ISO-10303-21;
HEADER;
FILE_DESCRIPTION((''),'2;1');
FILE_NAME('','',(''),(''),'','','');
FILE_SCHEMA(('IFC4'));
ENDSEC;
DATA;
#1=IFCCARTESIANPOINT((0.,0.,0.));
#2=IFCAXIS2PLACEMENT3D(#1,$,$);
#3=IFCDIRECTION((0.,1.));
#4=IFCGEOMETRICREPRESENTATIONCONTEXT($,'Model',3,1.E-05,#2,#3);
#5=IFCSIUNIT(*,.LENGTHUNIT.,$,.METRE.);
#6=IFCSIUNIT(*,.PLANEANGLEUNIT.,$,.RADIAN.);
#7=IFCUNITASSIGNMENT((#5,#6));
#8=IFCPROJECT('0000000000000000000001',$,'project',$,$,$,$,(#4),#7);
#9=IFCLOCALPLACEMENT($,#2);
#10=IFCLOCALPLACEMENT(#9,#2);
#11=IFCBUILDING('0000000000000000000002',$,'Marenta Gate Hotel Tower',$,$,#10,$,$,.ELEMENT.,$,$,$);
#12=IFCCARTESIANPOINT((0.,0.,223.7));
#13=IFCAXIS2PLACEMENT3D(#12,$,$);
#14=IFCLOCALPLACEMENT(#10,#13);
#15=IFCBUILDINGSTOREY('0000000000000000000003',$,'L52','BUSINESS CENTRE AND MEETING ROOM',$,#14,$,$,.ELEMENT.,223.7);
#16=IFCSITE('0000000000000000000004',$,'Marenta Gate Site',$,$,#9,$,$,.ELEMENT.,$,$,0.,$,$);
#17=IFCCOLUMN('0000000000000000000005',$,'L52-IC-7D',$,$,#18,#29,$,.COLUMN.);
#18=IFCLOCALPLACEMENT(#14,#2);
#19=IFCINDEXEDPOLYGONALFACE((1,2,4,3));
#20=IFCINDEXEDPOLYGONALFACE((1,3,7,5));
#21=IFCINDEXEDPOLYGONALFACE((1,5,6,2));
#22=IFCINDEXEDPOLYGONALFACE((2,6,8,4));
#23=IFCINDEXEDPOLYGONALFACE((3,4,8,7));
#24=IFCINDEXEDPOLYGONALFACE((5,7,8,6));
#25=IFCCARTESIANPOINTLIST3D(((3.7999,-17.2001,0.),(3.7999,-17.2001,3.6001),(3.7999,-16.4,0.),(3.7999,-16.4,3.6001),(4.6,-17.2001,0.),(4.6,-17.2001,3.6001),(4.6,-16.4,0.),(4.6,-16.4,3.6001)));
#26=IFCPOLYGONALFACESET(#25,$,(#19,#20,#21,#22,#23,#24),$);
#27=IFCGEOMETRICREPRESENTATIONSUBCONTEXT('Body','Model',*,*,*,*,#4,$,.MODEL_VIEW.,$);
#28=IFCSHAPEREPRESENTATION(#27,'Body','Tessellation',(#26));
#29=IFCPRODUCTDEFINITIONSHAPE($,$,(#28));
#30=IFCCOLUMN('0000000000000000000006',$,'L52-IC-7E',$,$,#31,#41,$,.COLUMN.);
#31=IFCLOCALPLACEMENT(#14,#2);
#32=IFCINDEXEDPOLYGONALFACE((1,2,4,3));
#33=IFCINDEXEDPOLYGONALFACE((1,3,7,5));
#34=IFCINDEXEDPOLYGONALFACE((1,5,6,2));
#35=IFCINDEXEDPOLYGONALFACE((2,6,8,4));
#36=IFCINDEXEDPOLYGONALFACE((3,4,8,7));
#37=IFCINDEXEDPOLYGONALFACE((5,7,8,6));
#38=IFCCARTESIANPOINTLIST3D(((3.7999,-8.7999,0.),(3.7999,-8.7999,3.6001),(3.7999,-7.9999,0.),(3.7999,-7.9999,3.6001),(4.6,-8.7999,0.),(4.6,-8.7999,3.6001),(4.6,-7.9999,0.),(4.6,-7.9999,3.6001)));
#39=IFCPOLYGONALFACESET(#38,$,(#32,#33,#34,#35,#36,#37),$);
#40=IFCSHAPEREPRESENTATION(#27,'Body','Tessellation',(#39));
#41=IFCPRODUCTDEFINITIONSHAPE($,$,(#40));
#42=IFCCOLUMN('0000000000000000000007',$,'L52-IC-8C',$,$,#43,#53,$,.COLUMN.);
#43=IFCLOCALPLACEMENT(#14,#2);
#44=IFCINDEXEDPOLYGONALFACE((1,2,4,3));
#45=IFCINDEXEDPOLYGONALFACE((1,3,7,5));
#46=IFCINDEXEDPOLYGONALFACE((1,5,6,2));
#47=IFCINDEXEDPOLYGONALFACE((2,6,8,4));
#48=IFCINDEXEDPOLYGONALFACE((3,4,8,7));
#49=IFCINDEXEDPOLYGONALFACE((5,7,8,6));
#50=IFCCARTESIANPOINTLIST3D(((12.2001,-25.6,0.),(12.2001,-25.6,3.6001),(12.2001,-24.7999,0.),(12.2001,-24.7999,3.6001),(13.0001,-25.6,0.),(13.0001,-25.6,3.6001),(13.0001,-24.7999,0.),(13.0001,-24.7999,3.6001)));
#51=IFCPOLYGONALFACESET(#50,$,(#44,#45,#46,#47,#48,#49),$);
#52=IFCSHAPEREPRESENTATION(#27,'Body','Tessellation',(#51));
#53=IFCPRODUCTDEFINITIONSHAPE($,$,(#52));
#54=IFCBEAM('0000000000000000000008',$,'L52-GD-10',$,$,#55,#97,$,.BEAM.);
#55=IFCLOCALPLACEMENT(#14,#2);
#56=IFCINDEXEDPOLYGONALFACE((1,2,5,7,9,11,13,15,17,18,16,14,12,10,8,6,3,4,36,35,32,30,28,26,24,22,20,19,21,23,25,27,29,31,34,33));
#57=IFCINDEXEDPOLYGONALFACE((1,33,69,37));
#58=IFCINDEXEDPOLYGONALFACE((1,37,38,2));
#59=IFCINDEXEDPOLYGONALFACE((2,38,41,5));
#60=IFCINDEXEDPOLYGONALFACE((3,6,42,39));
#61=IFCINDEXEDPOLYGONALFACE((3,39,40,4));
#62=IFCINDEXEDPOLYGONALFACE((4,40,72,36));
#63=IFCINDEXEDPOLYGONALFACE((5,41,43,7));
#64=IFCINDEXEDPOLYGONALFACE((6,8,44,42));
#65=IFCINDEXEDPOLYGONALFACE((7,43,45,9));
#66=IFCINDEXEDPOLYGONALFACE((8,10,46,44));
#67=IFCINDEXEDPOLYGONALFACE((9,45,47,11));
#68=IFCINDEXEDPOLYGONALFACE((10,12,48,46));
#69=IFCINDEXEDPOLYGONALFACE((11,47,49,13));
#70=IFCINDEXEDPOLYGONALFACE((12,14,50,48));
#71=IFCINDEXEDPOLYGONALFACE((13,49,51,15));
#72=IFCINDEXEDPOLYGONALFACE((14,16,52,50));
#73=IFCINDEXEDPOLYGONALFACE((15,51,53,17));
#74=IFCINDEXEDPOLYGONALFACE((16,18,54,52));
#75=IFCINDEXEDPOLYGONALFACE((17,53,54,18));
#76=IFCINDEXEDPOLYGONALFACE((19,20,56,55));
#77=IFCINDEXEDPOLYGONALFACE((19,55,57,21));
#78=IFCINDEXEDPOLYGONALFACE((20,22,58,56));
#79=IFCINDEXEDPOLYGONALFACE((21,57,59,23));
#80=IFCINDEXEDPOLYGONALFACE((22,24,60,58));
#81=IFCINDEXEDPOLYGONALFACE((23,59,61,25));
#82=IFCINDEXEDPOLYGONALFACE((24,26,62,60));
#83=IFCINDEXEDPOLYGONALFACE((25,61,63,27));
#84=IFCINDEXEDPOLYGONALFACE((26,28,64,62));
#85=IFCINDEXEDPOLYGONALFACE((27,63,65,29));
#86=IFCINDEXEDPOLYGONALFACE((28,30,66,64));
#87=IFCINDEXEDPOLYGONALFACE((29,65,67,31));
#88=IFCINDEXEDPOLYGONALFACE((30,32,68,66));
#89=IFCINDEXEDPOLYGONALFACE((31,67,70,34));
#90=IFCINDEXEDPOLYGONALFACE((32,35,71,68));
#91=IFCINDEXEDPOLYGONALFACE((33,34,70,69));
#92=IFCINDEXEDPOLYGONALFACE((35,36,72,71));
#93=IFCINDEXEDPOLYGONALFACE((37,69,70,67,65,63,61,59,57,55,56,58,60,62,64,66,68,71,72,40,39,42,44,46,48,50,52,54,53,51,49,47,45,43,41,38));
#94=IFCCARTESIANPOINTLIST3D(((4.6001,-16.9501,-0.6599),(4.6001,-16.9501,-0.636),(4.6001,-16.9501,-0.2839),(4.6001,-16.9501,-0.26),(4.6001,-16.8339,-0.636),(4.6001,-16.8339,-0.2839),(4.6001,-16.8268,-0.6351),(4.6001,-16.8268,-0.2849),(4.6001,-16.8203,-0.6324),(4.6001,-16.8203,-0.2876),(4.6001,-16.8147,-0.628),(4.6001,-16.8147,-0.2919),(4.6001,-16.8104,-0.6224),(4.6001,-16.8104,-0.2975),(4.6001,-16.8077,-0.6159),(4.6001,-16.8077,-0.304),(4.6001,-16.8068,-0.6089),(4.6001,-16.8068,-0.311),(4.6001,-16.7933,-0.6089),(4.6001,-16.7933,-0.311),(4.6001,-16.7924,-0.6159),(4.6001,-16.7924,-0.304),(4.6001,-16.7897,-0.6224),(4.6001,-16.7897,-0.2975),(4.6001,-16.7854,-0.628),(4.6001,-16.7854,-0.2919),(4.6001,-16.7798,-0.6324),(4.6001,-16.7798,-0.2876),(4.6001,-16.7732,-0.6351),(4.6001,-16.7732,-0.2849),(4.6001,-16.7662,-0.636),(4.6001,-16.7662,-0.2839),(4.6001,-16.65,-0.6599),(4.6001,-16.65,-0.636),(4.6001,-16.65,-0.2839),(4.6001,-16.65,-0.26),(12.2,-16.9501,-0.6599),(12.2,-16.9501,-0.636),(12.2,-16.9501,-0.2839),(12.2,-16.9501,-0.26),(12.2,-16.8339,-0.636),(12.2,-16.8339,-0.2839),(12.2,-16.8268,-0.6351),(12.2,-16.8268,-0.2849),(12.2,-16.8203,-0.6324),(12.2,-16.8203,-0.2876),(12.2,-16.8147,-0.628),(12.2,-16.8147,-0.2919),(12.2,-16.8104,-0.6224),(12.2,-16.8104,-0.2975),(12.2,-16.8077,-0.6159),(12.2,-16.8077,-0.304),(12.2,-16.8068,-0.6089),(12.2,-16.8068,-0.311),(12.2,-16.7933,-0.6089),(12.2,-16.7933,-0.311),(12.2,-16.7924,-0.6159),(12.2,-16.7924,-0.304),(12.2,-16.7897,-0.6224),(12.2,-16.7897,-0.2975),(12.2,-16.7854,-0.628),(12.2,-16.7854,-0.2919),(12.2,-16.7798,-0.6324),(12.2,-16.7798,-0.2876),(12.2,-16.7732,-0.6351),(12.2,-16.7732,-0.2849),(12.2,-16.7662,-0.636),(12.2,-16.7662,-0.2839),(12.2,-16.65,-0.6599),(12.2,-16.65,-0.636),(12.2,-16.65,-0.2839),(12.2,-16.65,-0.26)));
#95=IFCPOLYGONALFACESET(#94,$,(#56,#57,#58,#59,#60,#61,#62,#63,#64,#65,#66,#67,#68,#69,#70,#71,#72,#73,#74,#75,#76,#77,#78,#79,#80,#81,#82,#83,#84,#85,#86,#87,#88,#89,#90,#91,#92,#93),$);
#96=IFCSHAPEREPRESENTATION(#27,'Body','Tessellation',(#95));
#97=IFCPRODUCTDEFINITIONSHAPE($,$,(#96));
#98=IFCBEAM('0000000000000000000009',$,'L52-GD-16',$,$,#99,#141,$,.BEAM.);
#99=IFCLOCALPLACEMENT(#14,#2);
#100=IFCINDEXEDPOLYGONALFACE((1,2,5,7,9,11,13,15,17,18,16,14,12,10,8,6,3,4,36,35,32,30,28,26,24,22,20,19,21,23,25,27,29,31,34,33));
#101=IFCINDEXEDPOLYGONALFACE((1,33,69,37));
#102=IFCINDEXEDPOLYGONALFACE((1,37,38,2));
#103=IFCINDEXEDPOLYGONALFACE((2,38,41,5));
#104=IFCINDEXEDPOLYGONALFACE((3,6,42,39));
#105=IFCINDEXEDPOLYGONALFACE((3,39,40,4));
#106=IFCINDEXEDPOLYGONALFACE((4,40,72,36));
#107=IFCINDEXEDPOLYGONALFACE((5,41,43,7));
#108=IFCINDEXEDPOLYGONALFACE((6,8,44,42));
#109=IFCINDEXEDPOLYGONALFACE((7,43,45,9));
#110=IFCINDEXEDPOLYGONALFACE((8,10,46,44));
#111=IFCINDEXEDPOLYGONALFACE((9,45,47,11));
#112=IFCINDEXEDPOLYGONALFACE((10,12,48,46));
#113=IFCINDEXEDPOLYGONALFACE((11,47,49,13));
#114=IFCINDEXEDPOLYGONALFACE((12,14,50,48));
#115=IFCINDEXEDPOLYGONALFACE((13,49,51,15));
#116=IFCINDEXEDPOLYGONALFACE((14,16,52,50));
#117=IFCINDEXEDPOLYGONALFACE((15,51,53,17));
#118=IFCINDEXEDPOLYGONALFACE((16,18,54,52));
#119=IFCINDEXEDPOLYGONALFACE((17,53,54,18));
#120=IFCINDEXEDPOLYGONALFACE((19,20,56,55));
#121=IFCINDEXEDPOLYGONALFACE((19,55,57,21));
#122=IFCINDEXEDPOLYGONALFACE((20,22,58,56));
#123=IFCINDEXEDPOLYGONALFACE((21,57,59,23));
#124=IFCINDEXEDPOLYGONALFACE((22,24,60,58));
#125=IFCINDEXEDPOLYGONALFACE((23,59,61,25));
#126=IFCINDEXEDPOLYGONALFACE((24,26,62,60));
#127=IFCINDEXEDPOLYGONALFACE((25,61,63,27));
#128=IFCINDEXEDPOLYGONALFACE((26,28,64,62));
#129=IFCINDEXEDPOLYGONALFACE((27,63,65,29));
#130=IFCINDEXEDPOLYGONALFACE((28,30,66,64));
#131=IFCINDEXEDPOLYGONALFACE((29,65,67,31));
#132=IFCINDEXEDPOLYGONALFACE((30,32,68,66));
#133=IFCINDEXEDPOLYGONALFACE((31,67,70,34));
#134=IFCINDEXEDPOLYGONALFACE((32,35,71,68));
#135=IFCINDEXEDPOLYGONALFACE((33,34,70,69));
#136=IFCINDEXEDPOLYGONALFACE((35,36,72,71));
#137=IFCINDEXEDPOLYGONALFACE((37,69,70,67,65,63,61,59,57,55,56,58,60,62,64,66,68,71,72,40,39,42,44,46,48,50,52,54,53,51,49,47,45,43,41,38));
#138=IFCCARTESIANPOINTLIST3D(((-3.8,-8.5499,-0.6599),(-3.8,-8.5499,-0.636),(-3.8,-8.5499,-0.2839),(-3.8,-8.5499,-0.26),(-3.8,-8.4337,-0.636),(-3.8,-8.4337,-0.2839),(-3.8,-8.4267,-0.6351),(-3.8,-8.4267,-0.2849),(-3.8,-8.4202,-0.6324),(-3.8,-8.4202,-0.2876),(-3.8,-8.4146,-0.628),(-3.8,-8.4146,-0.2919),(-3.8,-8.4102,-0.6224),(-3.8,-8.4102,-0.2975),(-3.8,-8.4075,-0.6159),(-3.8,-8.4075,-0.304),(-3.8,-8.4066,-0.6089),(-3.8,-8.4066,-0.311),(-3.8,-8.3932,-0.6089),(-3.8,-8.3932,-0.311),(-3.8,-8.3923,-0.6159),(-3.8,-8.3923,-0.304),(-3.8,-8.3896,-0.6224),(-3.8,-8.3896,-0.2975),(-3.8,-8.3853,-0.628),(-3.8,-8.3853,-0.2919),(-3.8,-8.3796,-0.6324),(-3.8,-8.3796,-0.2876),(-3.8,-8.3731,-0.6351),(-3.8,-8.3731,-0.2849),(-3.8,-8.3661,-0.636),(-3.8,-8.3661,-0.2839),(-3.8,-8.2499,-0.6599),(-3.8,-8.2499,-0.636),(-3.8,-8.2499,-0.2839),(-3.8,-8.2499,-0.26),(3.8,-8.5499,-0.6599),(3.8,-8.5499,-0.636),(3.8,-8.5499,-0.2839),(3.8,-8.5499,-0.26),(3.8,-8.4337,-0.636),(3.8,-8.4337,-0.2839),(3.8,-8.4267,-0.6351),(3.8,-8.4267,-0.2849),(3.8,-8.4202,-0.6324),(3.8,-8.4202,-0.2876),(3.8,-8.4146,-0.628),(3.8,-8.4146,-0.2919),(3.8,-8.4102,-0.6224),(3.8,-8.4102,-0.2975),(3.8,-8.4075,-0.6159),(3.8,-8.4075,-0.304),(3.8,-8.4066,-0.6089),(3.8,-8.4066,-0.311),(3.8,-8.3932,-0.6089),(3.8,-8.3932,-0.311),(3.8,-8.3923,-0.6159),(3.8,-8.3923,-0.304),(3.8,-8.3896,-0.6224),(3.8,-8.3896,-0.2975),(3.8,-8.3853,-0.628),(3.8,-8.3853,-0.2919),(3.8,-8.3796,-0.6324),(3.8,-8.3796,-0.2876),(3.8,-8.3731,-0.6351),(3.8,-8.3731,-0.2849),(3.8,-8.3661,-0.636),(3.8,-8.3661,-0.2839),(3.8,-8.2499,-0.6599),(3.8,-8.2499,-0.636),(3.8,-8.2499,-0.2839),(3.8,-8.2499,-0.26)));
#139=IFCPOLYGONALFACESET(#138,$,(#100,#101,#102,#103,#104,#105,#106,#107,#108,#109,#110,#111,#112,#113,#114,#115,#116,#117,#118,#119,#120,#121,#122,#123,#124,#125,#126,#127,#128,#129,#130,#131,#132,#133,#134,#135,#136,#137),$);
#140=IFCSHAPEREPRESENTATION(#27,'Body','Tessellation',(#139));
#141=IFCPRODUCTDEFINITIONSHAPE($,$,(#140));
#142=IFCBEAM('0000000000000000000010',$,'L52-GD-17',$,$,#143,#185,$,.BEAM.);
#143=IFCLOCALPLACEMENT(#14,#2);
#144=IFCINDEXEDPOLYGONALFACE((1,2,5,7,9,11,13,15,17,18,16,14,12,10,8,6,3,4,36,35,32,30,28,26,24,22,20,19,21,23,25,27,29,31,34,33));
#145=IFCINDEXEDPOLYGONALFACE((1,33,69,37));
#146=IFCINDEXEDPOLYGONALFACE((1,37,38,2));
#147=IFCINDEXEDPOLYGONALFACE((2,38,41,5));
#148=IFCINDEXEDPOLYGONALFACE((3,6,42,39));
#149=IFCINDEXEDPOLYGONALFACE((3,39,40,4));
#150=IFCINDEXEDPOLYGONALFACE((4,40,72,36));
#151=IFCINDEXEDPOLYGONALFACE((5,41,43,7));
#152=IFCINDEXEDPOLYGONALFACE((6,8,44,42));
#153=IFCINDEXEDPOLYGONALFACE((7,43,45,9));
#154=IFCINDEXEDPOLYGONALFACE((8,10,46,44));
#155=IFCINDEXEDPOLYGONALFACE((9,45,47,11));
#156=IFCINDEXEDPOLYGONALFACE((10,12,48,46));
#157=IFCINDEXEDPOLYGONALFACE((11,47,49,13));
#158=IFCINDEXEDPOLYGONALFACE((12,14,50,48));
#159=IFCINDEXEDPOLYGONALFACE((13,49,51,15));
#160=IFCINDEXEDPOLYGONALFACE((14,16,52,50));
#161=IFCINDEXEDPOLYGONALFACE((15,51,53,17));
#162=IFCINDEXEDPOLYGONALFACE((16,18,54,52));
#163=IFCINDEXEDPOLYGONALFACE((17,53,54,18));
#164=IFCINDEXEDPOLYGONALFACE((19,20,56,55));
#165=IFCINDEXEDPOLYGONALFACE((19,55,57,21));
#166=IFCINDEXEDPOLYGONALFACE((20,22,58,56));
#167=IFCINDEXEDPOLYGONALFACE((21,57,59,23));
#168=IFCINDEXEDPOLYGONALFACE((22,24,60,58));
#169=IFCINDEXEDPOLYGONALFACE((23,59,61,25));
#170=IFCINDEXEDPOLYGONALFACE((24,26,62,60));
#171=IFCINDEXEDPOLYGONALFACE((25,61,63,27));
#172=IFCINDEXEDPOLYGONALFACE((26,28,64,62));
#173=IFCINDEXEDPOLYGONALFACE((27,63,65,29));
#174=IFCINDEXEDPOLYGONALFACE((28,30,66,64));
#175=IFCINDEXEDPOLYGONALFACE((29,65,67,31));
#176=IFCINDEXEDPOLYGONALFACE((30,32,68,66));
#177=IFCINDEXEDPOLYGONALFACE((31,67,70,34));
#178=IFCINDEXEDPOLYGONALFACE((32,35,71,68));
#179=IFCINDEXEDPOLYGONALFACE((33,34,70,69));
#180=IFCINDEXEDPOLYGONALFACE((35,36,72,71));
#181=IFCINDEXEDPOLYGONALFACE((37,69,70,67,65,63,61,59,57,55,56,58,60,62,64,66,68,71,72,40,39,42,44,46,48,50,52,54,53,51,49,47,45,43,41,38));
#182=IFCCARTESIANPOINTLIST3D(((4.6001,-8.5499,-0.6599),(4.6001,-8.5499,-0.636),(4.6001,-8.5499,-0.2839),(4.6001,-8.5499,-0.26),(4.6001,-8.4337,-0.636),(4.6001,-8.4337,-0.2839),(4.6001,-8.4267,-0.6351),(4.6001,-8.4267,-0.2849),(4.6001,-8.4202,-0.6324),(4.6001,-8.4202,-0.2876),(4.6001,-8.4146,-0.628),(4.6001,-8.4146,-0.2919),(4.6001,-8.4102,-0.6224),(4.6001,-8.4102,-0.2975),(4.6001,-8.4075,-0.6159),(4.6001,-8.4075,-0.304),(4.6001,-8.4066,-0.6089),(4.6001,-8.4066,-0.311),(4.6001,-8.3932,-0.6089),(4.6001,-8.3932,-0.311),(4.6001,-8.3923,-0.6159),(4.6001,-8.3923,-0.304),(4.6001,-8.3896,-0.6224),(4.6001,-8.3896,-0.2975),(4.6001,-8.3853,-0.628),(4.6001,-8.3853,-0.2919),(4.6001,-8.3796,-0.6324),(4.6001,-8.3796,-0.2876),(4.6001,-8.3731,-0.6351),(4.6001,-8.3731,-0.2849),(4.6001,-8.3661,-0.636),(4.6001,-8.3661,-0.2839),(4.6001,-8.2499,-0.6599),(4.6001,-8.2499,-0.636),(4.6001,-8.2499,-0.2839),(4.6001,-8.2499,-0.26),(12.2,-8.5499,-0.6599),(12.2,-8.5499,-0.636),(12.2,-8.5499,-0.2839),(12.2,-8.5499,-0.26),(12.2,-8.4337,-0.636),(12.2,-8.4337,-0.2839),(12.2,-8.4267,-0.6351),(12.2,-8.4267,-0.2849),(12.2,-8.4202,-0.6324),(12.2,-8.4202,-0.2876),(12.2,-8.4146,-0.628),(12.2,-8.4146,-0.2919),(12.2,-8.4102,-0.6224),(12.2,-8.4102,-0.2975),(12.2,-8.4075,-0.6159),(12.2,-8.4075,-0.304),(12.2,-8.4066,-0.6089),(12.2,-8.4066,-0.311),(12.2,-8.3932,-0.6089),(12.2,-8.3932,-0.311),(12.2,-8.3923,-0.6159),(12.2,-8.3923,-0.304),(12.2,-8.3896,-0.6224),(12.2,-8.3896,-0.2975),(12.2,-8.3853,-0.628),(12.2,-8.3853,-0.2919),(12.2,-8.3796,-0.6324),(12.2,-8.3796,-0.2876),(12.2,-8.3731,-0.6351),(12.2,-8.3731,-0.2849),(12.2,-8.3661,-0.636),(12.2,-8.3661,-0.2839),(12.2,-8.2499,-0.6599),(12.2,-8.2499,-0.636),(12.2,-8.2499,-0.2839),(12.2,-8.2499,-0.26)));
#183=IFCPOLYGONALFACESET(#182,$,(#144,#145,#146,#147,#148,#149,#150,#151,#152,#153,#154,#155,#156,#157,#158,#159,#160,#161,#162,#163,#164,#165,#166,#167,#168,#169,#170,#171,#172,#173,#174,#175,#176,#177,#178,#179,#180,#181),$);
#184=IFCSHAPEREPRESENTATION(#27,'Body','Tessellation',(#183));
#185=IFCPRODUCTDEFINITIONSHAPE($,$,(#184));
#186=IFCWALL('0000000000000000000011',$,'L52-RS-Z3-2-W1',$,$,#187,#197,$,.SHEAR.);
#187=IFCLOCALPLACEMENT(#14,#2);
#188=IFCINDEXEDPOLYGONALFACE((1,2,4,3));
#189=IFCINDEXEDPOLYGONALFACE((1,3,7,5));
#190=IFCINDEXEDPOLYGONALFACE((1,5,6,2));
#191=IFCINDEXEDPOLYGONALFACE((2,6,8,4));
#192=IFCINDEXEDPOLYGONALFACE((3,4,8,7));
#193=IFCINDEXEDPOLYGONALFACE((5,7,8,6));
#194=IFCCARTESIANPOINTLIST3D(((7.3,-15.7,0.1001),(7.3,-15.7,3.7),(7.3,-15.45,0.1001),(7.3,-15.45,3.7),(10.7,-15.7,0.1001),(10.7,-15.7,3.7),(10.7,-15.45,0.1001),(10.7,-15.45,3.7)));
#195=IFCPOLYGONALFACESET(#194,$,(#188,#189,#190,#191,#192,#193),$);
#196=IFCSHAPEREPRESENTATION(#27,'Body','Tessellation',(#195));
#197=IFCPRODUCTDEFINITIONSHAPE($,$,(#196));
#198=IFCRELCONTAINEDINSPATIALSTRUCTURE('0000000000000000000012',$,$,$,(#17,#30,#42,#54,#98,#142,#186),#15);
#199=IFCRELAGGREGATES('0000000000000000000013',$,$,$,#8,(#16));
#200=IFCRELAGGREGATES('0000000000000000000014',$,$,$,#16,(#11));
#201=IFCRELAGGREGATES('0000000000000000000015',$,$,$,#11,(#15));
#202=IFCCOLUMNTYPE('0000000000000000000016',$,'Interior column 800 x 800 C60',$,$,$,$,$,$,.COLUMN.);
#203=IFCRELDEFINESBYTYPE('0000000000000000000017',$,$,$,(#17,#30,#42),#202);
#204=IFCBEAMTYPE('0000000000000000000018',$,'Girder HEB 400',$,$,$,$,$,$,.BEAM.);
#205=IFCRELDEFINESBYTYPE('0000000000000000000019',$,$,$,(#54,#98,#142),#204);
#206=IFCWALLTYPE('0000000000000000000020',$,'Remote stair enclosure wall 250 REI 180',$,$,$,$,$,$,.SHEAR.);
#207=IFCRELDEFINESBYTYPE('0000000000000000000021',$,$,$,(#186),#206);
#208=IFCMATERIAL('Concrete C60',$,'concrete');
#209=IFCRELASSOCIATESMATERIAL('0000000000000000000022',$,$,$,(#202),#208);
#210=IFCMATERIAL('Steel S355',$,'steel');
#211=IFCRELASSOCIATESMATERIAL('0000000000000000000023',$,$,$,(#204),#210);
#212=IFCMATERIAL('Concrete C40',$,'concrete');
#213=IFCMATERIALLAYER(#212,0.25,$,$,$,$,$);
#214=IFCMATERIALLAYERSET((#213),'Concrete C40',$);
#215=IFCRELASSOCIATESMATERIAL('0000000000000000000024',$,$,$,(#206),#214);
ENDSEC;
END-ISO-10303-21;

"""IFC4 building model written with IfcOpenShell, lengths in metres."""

from ifc_helpers import new_model, si_unit, direction, frame, frame_2d, origin, origin_2d, place, context, subcontext, project, spatial, rectangle, i_section, extrude, material, layer, layer_set, material_profile, profile_set, type_object, element, save


model = new_model("IFC4")

# Units and contexts
model_context = context("Model", 3, precision=1e-05, world=origin(), true_north=direction((0.0, 1.0)))
body_context = subcontext(model_context, "Body", "Model", "MODEL_VIEW")
ifc_project = project(units=[si_unit("LENGTHUNIT", "METRE"), si_unit("PLANEANGLEUNIT", "RADIAN")], contexts=[model_context])

# Site, building, storey
site_placement = place(None, origin())
site = spatial("IfcSite", under=ifc_project, at=site_placement, Name="Marenta Gate Site", CompositionType="ELEMENT", RefElevation=0.0)
building_placement = place(site_placement, origin())
building = spatial("IfcBuilding", under=site, at=building_placement, Name="Marenta Gate Hotel Tower", CompositionType="ELEMENT")
storey_placement = place(building_placement, frame((0.0, 0.0, 223.7)))
storey = spatial("IfcBuildingStorey", under=building, at=storey_placement, Name="L52", Description="BUSINESS CENTRE AND MEETING ROOM", CompositionType="ELEMENT", Elevation=223.7)

# Columns
ifc_material_1 = material(Name="Concrete C60", Category="concrete")
ifc_material_profile_1 = material_profile(ifc_material_1, rectangle(XDim=0.8, YDim=0.8, at=origin_2d()), Name="800 x 800")
ifc_profile_set_1 = profile_set([ifc_material_profile_1], Name="Concrete C60")
column_type = type_object("IfcColumnType", Name="Interior column 800 x 800 C60", PredefinedType="COLUMN", material=ifc_profile_set_1)
for number, where, z_axis, x_axis, name in (
    (1, (4.2, -16.8, 0.0), (0.0, 0.0, 1.0), (1.0, 0.0, 0.0), "L52-IC-7D"),
    (2, (4.2, -8.3999, 0.0), (0.0, 0.0, 1.0), (1.0, 0.0, 0.0), "L52-IC-7E"),
    (3, (12.6001, -25.2, 0.0), (0.0, 0.0, 1.0), (1.0, 0.0, 0.0), "L52-IC-8C"),
):
    element("IfcColumn", number, at=place(storey_placement, frame(where, z_axis=z_axis, x_axis=x_axis)), inside=storey, type_object=column_type, Name=name, PredefinedType="COLUMN", context=body_context, shape_type="SweptSolid", body=[
        extrude(rectangle(XDim=0.8, YDim=0.8, at=origin_2d()), origin(), (0.0, 0.0, 1.0), 3.6001),
    ])

# Beams
ifc_material_2 = material(Name="Steel S355", Category="steel")
ifc_material_profile_2 = material_profile(ifc_material_2, i_section(OverallWidth=0.3, OverallDepth=0.3999, WebThickness=0.0134, FlangeThickness=0.0239, FilletRadius=0.0271, at=origin_2d()), Name="HEB 400")
ifc_profile_set_2 = profile_set([ifc_material_profile_2], Name="Steel S355")
beam_type = type_object("IfcBeamType", Name="Girder HEB 400", PredefinedType="BEAM", material=ifc_profile_set_2)
beam_1_placement = place(storey_placement, frame((4.6001, -16.8, -0.46), z_axis=(1.0, 0.0, 0.0), x_axis=(0.0, 1.0, 0.0)))
element("IfcBeam", 4, at=beam_1_placement, inside=storey, type_object=beam_type, Name="L52-GD-10", PredefinedType="BEAM", context=body_context, shape_type="SweptSolid", body=[
    extrude(i_section(OverallWidth=0.3, OverallDepth=0.3999, WebThickness=0.0134, FlangeThickness=0.0239, FilletRadius=0.0271, at=origin_2d()), origin(), (0.0, 0.0, 1.0), 7.5999),
])
beam_2_placement = place(storey_placement, frame((-3.8, -8.3999, -0.46), z_axis=(1.0, 0.0, 0.0), x_axis=(0.0, 1.0, 0.0)))
element("IfcBeam", 5, at=beam_2_placement, inside=storey, type_object=beam_type, Name="L52-GD-16", PredefinedType="BEAM", context=body_context, shape_type="SweptSolid", body=[
    extrude(i_section(OverallWidth=0.3, OverallDepth=0.3999, WebThickness=0.0134, FlangeThickness=0.0239, FilletRadius=0.0271, at=origin_2d()), origin(), (0.0, 0.0, 1.0), 7.6001),
])
beam_3_placement = place(storey_placement, frame((4.6001, -8.3999, -0.46), z_axis=(1.0, 0.0, 0.0), x_axis=(0.0, 1.0, 0.0)))
element("IfcBeam", 6, at=beam_3_placement, inside=storey, type_object=beam_type, Name="L52-GD-17", PredefinedType="BEAM", context=body_context, shape_type="SweptSolid", body=[
    extrude(i_section(OverallWidth=0.3, OverallDepth=0.3999, WebThickness=0.0134, FlangeThickness=0.0239, FilletRadius=0.0271, at=origin_2d()), origin(), (0.0, 0.0, 1.0), 7.5999),
])

# Wall
ifc_material_3 = material(Name="Concrete C40", Category="concrete")
ifc_layer_1 = layer(ifc_material_3, 0.25)
ifc_layer_set_1 = layer_set([ifc_layer_1], Name="Concrete C40")
wall_type_1 = type_object("IfcWallType", Name="Remote stair enclosure wall 250 REI 180", PredefinedType="SHEAR", material=ifc_layer_set_1)
wall_1_placement = place(storey_placement, frame((7.3, -15.575, 0.1001), z_axis=(0.0, 0.0, 1.0), x_axis=(1.0, 0.0, 0.0)))
element("IfcWall", 7, at=wall_1_placement, inside=storey, type_object=wall_type_1, Name="L52-RS-Z3-2-W1", PredefinedType="SHEAR", context=body_context, shape_type="SweptSolid", body=[
    extrude(rectangle(XDim=3.3999, YDim=0.25, at=frame_2d((1.7, 0.0))), origin(), (0.0, 0.0, 1.0), 3.5999),
])

save(model, "model.ifc")
